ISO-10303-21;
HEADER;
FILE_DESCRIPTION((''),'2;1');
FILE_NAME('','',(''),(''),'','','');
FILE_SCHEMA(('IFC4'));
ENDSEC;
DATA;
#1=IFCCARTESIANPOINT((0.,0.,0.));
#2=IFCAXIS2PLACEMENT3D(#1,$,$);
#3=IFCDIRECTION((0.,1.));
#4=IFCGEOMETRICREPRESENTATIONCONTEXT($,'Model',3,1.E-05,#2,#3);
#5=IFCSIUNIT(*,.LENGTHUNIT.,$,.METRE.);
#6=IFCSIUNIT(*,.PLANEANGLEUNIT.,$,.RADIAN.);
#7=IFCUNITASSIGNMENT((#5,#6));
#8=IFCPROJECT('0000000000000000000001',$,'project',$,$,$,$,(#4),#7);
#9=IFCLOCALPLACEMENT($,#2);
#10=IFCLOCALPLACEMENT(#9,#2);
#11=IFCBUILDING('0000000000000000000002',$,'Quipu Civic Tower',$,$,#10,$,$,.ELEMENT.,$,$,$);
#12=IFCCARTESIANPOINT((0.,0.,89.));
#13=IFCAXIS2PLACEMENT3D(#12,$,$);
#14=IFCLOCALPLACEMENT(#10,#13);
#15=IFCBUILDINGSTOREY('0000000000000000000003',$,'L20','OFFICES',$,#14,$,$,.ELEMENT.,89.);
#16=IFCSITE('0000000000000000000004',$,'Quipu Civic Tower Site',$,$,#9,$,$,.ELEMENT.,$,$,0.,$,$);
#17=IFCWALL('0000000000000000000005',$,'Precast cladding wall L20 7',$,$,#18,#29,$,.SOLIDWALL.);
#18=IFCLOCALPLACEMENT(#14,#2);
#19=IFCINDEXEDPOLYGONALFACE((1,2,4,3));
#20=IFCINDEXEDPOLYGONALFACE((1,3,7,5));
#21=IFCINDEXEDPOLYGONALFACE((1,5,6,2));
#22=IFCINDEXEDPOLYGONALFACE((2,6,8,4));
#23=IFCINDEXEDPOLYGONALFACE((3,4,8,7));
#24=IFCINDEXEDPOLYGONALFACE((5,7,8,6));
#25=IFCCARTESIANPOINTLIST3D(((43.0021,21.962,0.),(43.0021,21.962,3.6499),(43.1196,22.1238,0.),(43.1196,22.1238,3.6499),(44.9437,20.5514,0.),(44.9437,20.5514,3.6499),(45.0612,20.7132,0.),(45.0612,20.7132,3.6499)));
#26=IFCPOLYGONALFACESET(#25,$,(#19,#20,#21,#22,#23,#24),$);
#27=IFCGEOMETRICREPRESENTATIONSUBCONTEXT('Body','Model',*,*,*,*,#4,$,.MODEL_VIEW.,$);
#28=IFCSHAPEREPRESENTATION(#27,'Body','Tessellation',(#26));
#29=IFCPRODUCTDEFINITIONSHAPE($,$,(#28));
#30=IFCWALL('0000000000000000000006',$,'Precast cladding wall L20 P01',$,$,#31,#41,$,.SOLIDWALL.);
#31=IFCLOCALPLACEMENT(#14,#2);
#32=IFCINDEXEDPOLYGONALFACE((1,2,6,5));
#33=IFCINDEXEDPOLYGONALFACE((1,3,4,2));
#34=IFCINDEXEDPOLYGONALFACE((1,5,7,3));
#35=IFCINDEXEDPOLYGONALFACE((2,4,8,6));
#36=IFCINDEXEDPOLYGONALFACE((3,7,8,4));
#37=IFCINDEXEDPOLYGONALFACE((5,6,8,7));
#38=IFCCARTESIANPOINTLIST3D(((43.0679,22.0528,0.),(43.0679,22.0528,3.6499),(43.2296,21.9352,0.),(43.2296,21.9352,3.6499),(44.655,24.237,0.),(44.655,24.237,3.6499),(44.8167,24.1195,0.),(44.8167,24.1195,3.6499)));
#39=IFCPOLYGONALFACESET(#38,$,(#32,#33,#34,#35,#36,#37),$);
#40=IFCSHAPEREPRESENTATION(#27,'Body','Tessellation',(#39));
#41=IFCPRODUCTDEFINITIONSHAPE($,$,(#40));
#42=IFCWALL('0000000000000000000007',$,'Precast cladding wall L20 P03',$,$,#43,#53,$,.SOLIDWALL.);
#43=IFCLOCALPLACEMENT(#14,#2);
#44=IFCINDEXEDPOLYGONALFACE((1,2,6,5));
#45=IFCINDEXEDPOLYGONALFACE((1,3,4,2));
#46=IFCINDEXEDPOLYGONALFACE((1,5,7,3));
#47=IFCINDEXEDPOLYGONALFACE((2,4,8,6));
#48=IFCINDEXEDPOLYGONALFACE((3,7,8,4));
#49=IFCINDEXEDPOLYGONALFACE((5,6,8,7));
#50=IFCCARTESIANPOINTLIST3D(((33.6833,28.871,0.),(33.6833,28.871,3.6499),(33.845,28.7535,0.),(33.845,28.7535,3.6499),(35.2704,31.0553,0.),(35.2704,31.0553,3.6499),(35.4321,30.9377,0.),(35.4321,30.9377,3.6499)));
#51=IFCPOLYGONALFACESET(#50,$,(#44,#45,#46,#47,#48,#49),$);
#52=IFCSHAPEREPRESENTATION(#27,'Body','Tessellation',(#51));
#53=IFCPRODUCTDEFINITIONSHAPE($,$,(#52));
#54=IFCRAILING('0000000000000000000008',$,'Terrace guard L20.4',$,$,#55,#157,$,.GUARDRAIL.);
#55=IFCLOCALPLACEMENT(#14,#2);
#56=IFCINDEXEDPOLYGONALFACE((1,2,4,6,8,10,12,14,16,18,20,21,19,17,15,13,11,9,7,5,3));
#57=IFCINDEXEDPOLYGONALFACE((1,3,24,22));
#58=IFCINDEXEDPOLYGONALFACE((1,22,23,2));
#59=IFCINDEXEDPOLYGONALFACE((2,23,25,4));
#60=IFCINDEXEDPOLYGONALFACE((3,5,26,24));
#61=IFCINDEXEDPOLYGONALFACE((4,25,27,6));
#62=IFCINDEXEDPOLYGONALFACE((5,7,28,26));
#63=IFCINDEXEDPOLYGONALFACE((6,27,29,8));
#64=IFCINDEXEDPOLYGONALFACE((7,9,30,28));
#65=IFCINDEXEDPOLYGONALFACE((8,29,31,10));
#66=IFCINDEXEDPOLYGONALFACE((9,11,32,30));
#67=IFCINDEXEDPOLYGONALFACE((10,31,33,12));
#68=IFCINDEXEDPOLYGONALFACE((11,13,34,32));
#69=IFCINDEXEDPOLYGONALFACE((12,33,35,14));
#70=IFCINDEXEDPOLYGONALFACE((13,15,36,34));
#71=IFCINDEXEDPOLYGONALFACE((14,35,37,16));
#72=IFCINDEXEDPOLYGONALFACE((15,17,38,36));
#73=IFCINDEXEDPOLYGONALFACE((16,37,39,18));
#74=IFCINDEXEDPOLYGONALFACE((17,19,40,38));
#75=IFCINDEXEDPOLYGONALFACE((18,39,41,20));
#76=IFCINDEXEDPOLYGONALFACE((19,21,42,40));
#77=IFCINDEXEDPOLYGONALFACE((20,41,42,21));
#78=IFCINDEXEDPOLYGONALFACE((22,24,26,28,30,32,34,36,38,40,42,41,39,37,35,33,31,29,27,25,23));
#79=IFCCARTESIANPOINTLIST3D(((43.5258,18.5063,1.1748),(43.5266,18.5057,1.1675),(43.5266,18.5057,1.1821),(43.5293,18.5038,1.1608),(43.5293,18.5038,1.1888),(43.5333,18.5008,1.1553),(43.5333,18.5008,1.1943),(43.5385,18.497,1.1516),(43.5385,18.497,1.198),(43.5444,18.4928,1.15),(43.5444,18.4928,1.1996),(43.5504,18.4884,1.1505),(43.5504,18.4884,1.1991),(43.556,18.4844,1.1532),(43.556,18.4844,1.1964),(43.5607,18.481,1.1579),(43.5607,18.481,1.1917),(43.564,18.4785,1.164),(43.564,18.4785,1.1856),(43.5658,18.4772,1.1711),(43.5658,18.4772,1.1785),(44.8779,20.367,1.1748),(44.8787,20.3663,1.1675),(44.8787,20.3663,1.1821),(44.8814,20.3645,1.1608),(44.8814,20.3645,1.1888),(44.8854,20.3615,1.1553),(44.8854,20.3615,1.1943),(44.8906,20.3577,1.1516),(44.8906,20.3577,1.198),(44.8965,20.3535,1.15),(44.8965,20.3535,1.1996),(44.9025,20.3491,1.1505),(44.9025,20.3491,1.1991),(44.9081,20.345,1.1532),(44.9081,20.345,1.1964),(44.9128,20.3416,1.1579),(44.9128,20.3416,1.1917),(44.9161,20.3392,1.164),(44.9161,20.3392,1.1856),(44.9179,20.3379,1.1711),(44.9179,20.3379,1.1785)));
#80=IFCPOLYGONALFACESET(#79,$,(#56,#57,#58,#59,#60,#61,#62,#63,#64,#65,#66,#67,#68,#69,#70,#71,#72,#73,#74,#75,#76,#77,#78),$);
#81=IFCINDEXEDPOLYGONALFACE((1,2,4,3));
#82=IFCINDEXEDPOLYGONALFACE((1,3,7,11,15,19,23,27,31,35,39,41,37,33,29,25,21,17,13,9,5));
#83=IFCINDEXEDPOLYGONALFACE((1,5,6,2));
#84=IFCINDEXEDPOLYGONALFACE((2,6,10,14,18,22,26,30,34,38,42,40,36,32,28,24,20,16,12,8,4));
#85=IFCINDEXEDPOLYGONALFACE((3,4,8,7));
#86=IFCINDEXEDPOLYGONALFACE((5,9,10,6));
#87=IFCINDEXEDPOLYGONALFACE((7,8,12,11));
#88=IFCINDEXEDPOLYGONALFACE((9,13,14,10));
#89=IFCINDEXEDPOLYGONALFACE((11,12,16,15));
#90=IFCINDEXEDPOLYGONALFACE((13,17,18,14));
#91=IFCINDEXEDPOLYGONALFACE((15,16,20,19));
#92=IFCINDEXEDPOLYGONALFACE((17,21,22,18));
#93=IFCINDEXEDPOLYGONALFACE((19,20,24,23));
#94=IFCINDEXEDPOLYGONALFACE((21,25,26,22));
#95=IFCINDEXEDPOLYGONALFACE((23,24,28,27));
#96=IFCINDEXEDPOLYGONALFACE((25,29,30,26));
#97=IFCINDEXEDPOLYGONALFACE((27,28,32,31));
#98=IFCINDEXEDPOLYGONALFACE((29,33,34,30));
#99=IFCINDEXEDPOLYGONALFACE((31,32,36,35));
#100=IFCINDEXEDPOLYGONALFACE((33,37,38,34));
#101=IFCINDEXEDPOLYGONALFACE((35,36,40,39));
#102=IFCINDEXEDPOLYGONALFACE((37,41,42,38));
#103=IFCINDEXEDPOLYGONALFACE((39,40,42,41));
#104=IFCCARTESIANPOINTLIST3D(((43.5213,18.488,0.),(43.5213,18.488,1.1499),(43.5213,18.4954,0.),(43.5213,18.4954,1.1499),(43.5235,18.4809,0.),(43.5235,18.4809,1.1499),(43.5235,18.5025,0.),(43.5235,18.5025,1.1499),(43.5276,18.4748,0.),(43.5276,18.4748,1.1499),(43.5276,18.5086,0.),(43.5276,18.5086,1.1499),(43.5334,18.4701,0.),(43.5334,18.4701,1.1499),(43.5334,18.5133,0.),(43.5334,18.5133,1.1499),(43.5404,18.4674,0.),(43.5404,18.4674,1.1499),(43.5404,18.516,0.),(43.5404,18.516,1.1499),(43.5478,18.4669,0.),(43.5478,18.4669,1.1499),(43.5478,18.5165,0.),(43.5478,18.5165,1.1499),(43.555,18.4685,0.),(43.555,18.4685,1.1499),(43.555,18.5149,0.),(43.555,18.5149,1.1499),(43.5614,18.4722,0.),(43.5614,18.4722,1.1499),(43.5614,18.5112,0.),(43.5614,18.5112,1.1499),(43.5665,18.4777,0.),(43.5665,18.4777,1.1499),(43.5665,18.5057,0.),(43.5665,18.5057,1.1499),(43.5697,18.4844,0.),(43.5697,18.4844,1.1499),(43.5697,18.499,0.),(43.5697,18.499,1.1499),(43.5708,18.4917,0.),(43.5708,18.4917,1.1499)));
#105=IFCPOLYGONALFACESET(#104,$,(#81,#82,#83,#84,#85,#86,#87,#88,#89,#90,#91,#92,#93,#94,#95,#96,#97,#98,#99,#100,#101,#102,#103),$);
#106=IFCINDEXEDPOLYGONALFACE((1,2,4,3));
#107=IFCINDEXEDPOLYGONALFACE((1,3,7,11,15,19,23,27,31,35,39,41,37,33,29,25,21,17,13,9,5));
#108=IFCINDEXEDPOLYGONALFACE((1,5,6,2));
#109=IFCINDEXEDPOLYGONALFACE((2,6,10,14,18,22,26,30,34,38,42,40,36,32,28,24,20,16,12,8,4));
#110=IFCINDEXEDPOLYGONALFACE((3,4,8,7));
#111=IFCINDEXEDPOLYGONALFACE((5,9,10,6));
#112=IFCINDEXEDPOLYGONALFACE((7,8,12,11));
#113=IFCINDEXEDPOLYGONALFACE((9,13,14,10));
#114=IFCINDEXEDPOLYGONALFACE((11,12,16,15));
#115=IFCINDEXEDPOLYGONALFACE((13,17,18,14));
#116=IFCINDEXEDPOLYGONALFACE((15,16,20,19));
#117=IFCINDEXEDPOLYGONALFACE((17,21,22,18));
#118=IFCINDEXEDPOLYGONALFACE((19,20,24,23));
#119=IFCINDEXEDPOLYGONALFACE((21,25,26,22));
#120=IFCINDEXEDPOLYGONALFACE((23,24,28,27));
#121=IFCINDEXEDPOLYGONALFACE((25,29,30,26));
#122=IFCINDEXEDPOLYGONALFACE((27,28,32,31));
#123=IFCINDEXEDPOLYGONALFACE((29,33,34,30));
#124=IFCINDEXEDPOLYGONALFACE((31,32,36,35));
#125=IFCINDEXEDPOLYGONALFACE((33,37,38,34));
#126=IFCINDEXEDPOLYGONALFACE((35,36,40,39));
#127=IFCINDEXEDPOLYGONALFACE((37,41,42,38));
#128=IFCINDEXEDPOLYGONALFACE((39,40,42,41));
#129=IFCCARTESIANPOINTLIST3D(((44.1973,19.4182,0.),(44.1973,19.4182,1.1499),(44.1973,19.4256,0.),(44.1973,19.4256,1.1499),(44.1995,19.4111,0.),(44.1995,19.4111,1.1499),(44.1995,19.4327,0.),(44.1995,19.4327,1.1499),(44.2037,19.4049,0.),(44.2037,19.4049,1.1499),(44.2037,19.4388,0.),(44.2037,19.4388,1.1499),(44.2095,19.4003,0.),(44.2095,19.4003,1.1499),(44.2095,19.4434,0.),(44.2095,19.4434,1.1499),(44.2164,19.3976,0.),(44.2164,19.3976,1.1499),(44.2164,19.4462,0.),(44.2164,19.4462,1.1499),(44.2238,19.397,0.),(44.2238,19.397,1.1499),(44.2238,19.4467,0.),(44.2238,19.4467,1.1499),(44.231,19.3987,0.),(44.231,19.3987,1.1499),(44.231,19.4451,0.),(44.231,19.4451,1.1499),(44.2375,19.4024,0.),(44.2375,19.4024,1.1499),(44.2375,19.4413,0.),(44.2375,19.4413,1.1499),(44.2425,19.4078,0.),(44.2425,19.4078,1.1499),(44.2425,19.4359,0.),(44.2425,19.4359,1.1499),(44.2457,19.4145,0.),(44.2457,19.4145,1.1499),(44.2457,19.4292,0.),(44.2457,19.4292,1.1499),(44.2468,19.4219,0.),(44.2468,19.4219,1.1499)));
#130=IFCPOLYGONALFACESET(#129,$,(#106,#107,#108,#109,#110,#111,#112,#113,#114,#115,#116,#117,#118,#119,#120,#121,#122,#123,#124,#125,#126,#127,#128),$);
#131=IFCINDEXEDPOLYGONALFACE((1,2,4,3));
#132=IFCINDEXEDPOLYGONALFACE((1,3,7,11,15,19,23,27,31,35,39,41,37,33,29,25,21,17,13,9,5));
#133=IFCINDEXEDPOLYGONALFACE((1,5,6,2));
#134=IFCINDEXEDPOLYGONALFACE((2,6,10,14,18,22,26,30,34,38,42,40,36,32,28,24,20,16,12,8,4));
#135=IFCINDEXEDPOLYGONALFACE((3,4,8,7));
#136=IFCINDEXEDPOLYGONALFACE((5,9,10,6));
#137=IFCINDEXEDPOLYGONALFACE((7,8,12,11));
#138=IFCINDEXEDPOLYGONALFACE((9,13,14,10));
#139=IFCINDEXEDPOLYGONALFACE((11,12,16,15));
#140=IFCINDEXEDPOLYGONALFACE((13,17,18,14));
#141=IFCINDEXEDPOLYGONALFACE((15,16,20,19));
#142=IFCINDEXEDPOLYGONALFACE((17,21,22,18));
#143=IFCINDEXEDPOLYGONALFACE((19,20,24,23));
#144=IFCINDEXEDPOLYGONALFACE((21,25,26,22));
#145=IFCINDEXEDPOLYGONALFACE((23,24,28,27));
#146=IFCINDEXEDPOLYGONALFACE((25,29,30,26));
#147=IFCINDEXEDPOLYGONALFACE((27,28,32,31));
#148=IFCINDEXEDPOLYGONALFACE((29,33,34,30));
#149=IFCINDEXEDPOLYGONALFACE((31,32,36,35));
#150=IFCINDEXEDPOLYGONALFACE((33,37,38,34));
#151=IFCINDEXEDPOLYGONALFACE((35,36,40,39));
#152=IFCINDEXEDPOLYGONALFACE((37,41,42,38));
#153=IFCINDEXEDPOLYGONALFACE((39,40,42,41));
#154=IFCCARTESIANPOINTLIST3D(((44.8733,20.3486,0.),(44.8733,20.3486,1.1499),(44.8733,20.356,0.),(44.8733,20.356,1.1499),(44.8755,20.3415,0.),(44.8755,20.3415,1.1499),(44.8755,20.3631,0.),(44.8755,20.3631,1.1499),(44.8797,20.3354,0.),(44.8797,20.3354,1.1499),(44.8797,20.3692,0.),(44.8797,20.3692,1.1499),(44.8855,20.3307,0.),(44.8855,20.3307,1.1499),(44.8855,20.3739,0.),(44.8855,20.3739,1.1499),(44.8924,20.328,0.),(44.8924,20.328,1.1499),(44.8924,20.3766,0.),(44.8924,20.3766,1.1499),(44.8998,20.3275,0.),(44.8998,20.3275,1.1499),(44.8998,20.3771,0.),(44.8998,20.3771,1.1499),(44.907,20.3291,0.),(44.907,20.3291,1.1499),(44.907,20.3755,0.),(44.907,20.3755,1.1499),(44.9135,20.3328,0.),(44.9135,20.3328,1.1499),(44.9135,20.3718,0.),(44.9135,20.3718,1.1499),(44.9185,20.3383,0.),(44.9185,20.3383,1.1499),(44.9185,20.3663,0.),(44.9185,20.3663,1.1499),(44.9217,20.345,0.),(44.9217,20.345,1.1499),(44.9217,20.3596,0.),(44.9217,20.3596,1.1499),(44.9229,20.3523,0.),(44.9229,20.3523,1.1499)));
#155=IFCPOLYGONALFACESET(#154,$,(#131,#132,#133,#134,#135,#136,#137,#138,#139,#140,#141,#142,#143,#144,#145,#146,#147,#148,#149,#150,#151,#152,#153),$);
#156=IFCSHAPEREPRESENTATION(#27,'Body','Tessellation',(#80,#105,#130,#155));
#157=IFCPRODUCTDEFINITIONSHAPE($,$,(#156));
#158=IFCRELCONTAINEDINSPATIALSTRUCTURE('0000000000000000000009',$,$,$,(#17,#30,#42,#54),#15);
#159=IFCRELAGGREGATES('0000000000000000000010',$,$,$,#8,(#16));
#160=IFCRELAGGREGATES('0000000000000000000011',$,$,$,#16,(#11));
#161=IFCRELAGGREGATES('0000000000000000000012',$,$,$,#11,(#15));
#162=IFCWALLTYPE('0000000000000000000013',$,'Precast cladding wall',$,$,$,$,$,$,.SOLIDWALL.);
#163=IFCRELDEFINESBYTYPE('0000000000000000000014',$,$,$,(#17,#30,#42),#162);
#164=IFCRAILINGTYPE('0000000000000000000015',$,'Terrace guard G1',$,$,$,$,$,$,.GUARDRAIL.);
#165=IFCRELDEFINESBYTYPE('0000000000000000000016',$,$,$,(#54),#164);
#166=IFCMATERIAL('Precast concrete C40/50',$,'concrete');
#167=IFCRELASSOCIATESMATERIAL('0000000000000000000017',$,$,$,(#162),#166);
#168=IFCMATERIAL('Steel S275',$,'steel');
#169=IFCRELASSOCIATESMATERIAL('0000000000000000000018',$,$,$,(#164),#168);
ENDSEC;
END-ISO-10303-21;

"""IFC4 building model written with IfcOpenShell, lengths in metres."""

from ifc_helpers import new_model, si_unit, direction, frame, frame_2d, origin, origin_2d, place, context, subcontext, project, spatial, rectangle, circle, extrude, material, type_object, element, save


model = new_model("IFC4")

# Units and contexts
model_context = context("Model", 3, precision=1e-05, world=origin(), true_north=direction((0.0, 1.0)))
body_context = subcontext(model_context, "Body", "Model", "MODEL_VIEW")
ifc_project = project(units=[si_unit("LENGTHUNIT", "METRE"), si_unit("PLANEANGLEUNIT", "RADIAN")], contexts=[model_context])

# Site, building, storey
site_placement = place(None, origin())
site = spatial("IfcSite", under=ifc_project, at=site_placement, Name="Quipu Civic Tower Site", CompositionType="ELEMENT", RefElevation=0.0)
building_placement = place(site_placement, origin())
building = spatial("IfcBuilding", under=site, at=building_placement, Name="Quipu Civic Tower", CompositionType="ELEMENT")
storey_placement = place(building_placement, frame((0.0, 0.0, 89.0)))
storey = spatial("IfcBuildingStorey", under=building, at=storey_placement, Name="L20", Description="OFFICES", CompositionType="ELEMENT", Elevation=89.0)

# Walls
ifc_material_1 = material(Name="Precast concrete C40/50", Category="concrete")
wall_type_1 = type_object("IfcWallType", Name="Precast cladding wall", PredefinedType="SOLIDWALL", material=ifc_material_1)
wall_1_placement = place(storey_placement, frame((45.0024, 20.6323, 0.0), z_axis=(0.0, 0.0, 1.0), x_axis=(-0.809026, 0.587772, 0.0)))
element("IfcWall", 1, at=wall_1_placement, inside=storey, type_object=wall_type_1, Name="Precast cladding wall L20 7", PredefinedType="SOLIDWALL", context=body_context, shape_type="SweptSolid", body=[
    extrude(rectangle(XDim=2.3999, YDim=0.2, at=frame_2d((1.2, 0.0))), origin(), (0.0, 0.0, 1.0), 3.6499),
])
for number, where, z_axis, x_axis, name in (
    (2, (43.1487, 21.9939, 0.0), (0.0, 0.0, 1.0), (0.587822, 0.80899, 0.0), "Precast cladding wall L20 P01"),
    (3, (35.3513, 30.9966, 0.0), (0.0, 0.0, 1.0), (-0.587822, -0.80899, 0.0), "Precast cladding wall L20 P03"),
):
    element("IfcWall", number, at=place(storey_placement, frame(where, z_axis=z_axis, x_axis=x_axis)), inside=storey, type_object=wall_type_1, Name=name, PredefinedType="SOLIDWALL", context=body_context, shape_type="SweptSolid", body=[
        extrude(rectangle(XDim=2.7, YDim=0.2, at=frame_2d((1.3501, 0.0))), origin(), (0.0, 0.0, 1.0), 3.6499),
    ])

# Railing
ifc_material_2 = material(Name="Steel S275", Category="steel")
railing_type = type_object("IfcRailingType", Name="Terrace guard G1", PredefinedType="GUARDRAIL", material=ifc_material_2)
railing_placement = place(storey_placement, frame((43.5459, 18.4917, 0.0)))
element("IfcRailing", 4, at=railing_placement, inside=storey, type_object=railing_type, Name="Terrace guard L20.4", PredefinedType="GUARDRAIL", context=body_context, shape_type="SweptSolid", body=[
    extrude(circle(Radius=0.0249, at=origin_2d()), frame((0.0, 0.0, 1.1748), z_axis=(0.587856, 0.808966, 0.0), x_axis=(-0.808966, 0.587856, 0.0)), (0.0, 0.0, 1.0), 2.3),
    extrude(circle(Radius=0.0249, at=origin_2d()), origin(), (0.0, 0.0, 1.0), 1.1499),
    extrude(circle(Radius=0.0249, at=origin_2d()), frame((0.676, 0.9302, 0.0)), (0.0, 0.0, 1.0), 1.1499),
    extrude(circle(Radius=0.0249, at=origin_2d()), frame((1.3521, 1.8606, 0.0)), (0.0, 0.0, 1.0), 1.1499),
])

save(model, "model.ifc")
